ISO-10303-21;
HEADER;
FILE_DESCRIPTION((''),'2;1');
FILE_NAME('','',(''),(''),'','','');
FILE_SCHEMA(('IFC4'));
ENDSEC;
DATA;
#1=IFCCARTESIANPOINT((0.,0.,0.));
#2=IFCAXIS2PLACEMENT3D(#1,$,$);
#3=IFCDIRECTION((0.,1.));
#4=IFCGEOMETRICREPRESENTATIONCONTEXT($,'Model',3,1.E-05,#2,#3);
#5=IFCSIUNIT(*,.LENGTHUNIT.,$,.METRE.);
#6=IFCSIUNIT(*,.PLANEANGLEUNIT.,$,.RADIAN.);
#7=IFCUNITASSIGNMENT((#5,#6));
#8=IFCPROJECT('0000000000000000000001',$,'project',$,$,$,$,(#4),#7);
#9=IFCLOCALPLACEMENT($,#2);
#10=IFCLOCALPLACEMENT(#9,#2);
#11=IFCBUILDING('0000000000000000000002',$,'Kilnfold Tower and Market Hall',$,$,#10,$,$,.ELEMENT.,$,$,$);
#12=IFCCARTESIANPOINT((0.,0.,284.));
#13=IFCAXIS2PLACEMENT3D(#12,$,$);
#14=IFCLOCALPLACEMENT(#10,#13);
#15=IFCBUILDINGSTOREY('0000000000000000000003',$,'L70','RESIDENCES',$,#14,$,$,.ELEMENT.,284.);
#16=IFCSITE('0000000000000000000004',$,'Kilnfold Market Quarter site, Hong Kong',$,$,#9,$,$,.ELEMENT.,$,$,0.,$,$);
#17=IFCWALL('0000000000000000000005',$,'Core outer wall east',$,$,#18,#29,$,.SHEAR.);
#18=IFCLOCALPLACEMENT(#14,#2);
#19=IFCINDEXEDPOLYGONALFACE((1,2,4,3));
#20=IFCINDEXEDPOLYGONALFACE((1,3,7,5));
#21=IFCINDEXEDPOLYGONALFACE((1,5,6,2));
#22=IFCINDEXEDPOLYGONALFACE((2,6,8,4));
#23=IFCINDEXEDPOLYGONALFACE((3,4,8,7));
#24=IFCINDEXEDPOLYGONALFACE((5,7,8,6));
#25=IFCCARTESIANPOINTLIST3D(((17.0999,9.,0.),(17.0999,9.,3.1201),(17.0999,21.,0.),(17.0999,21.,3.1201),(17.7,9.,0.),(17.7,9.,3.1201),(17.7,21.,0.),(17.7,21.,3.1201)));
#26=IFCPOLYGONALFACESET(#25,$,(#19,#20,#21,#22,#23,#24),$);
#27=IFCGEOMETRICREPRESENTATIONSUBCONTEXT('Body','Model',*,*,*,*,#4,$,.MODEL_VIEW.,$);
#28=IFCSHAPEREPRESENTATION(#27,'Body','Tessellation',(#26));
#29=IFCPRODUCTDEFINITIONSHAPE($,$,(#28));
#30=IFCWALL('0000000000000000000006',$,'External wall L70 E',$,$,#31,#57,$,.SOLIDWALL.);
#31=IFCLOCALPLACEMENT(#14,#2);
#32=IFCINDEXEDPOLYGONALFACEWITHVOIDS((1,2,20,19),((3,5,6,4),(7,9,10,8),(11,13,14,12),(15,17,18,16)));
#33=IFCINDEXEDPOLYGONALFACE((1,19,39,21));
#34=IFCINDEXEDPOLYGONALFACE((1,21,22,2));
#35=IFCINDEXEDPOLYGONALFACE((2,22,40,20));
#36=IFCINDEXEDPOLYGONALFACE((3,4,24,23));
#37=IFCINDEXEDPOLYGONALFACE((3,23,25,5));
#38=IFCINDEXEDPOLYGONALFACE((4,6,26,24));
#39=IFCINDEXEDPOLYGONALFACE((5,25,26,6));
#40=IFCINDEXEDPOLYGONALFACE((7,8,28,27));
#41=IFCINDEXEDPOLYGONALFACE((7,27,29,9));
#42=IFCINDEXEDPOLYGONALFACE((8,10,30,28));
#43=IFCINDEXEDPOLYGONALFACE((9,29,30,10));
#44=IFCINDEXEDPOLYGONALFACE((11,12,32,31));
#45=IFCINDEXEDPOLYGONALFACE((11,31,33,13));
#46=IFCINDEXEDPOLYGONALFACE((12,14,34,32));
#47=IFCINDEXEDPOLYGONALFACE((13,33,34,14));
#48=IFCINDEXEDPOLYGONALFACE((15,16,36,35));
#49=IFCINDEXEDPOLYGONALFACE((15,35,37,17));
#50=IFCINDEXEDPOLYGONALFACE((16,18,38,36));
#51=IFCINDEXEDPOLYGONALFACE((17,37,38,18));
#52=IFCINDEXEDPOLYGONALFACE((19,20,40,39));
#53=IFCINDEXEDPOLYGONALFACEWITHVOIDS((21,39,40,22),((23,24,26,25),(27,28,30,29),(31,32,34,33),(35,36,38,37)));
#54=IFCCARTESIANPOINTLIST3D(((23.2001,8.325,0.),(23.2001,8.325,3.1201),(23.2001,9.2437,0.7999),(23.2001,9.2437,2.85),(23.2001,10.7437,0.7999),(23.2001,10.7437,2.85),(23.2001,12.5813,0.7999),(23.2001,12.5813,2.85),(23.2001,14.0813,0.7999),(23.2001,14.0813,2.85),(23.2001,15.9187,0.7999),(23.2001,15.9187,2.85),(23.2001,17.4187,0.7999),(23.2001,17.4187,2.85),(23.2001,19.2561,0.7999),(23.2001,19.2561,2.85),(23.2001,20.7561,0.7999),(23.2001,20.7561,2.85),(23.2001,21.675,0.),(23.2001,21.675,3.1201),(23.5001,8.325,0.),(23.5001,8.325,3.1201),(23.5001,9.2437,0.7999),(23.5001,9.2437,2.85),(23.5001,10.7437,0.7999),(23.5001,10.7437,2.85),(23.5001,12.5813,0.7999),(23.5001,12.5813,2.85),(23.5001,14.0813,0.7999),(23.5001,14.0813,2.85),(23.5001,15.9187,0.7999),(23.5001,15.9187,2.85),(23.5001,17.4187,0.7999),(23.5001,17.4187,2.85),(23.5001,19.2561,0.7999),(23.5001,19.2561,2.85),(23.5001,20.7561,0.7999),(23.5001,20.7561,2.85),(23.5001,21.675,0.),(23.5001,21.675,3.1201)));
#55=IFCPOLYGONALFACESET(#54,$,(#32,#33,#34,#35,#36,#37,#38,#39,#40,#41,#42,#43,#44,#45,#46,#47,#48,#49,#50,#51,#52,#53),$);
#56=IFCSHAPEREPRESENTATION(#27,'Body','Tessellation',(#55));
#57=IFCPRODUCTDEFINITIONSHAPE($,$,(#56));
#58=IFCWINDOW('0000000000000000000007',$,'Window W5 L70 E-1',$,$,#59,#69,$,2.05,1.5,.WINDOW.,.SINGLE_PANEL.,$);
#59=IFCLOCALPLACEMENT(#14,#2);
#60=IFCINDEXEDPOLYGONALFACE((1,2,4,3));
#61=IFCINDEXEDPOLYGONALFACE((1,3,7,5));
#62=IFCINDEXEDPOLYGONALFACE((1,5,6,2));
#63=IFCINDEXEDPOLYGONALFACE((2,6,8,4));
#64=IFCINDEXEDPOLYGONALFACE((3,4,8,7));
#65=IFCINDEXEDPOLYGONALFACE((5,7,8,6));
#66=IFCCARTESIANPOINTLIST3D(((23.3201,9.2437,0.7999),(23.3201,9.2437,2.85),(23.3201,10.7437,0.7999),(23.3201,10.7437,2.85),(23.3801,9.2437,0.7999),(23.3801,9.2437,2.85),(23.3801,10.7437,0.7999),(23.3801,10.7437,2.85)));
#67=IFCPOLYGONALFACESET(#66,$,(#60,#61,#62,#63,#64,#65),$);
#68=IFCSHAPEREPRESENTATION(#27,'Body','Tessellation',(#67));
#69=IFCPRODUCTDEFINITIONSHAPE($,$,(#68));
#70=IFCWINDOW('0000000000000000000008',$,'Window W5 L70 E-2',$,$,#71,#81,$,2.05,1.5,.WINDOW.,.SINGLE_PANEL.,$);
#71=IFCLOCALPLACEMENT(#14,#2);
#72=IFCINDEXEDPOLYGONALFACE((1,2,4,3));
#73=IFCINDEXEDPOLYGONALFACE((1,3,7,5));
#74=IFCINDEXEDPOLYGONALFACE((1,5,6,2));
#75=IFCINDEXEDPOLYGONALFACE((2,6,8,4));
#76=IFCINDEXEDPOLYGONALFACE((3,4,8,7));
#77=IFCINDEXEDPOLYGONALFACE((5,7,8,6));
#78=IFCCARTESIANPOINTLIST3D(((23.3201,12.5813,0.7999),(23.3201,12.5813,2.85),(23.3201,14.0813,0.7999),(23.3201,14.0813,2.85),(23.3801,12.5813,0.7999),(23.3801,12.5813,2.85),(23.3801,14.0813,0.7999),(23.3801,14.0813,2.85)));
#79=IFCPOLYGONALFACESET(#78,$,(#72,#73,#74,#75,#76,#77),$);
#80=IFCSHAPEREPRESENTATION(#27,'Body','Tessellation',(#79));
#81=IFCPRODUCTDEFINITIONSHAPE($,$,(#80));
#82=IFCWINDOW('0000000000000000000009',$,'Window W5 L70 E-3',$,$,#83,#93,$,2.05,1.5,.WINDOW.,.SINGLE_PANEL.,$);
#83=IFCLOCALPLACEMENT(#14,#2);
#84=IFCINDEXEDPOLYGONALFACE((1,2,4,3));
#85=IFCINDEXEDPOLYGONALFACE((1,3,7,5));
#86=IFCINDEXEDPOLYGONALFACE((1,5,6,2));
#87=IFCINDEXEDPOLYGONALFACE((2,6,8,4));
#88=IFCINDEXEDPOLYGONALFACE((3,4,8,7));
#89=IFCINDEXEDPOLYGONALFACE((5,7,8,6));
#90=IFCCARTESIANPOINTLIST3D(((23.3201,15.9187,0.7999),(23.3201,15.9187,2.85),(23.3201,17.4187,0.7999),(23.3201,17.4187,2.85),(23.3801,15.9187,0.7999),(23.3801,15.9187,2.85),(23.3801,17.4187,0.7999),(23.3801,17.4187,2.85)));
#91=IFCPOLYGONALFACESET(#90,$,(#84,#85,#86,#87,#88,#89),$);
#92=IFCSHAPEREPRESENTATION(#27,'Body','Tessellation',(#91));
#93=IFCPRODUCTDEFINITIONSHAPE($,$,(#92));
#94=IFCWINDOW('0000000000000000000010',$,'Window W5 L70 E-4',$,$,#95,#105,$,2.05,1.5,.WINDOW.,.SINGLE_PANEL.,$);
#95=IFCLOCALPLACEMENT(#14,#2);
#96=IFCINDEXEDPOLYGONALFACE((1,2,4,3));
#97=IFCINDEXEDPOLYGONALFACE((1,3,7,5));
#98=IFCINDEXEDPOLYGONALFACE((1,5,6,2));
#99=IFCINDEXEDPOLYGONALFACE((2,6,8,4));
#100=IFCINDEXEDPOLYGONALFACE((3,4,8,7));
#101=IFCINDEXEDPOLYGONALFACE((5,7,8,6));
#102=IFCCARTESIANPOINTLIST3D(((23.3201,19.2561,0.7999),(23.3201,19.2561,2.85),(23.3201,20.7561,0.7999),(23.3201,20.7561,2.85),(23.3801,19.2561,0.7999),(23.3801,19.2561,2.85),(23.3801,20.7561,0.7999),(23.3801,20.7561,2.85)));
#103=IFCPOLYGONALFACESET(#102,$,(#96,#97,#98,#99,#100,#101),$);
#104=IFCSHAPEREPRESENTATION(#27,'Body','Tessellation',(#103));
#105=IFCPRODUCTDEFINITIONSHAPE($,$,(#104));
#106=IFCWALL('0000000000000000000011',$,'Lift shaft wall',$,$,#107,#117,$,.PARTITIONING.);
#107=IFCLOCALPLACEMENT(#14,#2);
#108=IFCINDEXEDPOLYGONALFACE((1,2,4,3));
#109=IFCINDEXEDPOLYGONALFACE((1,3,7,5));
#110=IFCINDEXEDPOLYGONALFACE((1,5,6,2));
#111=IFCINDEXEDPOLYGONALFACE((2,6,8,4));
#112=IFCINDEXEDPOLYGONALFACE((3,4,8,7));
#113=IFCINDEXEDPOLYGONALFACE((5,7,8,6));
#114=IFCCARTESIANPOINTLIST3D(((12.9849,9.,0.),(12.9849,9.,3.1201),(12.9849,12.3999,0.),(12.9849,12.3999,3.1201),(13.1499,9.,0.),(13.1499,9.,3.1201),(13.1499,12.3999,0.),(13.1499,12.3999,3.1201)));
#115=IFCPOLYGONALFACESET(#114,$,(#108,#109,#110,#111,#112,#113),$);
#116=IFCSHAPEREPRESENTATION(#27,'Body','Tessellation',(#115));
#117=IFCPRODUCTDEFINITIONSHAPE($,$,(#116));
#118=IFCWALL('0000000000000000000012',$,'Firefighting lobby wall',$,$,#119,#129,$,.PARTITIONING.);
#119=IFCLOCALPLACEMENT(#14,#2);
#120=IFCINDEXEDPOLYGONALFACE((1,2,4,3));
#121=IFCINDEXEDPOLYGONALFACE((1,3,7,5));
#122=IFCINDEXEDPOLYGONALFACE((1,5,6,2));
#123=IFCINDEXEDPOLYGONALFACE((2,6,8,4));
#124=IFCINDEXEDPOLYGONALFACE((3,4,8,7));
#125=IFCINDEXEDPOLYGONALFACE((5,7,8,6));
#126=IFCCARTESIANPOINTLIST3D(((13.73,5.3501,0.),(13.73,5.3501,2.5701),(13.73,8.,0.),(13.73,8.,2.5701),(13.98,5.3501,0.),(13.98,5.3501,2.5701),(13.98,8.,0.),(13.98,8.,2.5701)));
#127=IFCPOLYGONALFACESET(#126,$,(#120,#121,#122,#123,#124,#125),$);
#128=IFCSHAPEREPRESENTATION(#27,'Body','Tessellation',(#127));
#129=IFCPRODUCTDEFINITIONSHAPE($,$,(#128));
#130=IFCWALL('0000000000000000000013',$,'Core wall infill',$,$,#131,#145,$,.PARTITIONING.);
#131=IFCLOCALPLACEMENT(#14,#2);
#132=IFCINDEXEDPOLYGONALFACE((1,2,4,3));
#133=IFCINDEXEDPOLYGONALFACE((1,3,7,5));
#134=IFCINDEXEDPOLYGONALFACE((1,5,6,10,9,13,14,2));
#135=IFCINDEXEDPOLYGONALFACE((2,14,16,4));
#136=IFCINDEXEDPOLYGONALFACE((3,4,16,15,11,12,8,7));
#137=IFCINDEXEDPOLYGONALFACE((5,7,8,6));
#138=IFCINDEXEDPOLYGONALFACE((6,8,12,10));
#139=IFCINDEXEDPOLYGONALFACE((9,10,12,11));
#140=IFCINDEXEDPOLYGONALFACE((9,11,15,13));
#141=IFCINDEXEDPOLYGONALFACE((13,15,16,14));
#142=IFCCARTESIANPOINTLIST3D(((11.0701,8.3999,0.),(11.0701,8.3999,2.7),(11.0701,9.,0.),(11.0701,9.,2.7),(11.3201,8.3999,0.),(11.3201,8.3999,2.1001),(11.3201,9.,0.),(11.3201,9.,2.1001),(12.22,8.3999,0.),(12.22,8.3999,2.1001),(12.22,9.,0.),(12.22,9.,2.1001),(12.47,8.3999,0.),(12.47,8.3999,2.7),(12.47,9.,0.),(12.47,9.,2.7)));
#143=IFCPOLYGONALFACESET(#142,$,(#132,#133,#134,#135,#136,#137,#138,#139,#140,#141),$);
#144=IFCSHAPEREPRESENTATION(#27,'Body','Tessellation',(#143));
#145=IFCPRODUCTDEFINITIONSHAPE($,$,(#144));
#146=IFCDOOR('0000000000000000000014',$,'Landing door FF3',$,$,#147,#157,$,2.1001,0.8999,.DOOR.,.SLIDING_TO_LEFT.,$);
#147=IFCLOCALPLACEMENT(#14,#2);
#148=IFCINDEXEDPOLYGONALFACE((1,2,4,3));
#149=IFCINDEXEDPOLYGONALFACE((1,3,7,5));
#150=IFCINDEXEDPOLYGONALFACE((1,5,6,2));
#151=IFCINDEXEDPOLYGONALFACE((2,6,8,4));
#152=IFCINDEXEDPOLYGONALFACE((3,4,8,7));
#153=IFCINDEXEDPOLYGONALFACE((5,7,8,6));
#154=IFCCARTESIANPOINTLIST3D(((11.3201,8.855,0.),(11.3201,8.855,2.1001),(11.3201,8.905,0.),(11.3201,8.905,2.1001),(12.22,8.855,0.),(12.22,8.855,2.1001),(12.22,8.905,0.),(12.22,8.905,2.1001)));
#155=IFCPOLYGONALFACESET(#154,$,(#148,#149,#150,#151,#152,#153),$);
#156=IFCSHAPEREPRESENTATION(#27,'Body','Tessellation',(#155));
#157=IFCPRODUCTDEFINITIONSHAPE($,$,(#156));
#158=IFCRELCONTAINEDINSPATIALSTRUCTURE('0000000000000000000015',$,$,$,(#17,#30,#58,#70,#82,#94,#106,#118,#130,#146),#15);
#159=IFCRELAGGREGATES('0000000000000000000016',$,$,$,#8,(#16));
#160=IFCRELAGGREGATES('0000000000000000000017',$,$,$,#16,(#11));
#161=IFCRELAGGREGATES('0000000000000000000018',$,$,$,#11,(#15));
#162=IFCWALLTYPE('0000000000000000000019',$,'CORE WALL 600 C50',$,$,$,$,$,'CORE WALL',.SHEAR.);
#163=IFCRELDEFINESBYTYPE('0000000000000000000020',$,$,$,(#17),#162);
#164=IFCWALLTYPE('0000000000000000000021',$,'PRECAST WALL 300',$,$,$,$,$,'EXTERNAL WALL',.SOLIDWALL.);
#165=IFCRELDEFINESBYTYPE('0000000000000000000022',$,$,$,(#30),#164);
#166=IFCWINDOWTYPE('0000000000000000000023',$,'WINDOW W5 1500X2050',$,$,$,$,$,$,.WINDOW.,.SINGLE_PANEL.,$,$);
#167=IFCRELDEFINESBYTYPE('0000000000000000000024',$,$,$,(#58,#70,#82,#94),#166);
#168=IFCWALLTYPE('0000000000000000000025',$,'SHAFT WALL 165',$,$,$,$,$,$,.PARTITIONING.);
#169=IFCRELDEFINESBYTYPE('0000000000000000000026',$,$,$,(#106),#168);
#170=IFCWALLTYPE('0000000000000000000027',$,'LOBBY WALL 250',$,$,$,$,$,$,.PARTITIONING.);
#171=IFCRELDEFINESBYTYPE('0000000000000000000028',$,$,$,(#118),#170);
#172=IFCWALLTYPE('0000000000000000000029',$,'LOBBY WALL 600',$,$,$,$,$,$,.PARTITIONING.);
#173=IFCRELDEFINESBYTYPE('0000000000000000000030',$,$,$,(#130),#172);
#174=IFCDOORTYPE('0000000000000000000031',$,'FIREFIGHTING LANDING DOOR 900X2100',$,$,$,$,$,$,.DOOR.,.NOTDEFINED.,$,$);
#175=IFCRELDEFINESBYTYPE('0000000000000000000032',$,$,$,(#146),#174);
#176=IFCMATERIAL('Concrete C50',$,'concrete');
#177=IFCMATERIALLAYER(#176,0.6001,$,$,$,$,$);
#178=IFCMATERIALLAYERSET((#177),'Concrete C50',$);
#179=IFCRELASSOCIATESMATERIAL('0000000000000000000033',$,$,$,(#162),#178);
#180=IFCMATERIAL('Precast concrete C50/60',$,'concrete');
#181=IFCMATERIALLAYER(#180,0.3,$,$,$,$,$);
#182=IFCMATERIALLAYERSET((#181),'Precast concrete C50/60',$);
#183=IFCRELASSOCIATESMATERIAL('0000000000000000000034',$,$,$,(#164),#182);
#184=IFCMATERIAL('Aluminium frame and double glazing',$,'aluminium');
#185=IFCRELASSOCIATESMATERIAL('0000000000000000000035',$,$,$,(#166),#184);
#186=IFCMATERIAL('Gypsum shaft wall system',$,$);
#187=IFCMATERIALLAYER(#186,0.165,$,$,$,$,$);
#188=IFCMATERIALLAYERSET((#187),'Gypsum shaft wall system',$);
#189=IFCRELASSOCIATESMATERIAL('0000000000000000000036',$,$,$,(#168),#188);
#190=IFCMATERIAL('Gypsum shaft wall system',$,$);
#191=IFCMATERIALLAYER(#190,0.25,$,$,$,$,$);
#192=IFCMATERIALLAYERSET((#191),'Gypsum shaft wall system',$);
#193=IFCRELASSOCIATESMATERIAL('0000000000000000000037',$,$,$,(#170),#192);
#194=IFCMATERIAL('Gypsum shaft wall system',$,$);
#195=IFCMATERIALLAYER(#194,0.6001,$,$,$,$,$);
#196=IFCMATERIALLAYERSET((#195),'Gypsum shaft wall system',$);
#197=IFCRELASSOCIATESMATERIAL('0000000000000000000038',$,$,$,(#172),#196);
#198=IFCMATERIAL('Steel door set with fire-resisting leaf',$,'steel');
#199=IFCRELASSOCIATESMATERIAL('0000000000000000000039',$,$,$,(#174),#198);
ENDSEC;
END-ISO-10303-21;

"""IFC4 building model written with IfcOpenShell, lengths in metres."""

from ifc_helpers import new_model, si_unit, direction, frame, frame_2d, origin, place, context, subcontext, project, spatial, rectangle, extrude, source, transform, mapped, material, layer, layer_set, type_object, element, fill, save


model = new_model("IFC4")

# Units and contexts
model_context = context("Model", 3, precision=1e-05, world=origin(), true_north=direction((0.0, 1.0)))
body_context = subcontext(model_context, "Body", "Model", "MODEL_VIEW")
ifc_project = project(units=[si_unit("LENGTHUNIT", "METRE"), si_unit("PLANEANGLEUNIT", "RADIAN")], contexts=[model_context])

# Site, building, storey
site_placement = place(None, origin())
site = spatial("IfcSite", under=ifc_project, at=site_placement, Name="Kilnfold Market Quarter site, Hong Kong", CompositionType="ELEMENT", RefElevation=0.0)
building_placement = place(site_placement, origin())
building = spatial("IfcBuilding", under=site, at=building_placement, Name="Kilnfold Tower and Market Hall", CompositionType="ELEMENT")
storey_placement = place(building_placement, frame((0.0, 0.0, 284.0)))
storey = spatial("IfcBuildingStorey", under=building, at=storey_placement, Name="L70", Description="RESIDENCES", CompositionType="ELEMENT", Elevation=284.0)

# Shared definitions
ifc_material_1 = material(Name="Concrete C50", Category="concrete")
ifc_layer_1 = layer(ifc_material_1, 0.6001)
ifc_layer_set_1 = layer_set([ifc_layer_1], Name="Concrete C50")
wall_type_1 = type_object("IfcWallType", Name="CORE WALL 600 C50", ElementType="CORE WALL", PredefinedType="SHEAR", material=ifc_layer_set_1)

# Wall
shared_shape_1 = source(origin(), body_context, "Body", "SweptSolid", [
    extrude(rectangle(XDim=12.0, YDim=0.6001, at=frame_2d((6.0, 0.0))), origin(), (0.0, 0.0, 1.0), 3.1201),
])
wall_1_placement = place(storey_placement, frame((17.3999, 9.0, 0.0), z_axis=(0.0, 0.0, 1.0), x_axis=(0.0, 1.0, 0.0)))
element("IfcWall", 1, at=wall_1_placement, inside=storey, type_object=wall_type_1, Name="Core outer wall east", PredefinedType="SHEAR", context=body_context, shape_type="MappedRepresentation", body=[
    mapped(shared_shape_1, transform((0.0, 0.0, 0.0))),
])

# Wall, openings, windows
ifc_material_2 = material(Name="Precast concrete C50/60", Category="concrete")
ifc_layer_2 = layer(ifc_material_2, 0.3)
ifc_layer_set_2 = layer_set([ifc_layer_2], Name="Precast concrete C50/60")
wall_type_2 = type_object("IfcWallType", Name="PRECAST WALL 300", ElementType="EXTERNAL WALL", PredefinedType="SOLIDWALL", material=ifc_layer_set_2)
shared_shape_2 = source(origin(), body_context, "Body", "SweptSolid", [
    extrude(rectangle(XDim=13.3501, YDim=0.3, at=frame_2d((6.675, 0.0))), origin(), (0.0, 0.0, 1.0), 3.1201),
])
wall_2_placement = place(storey_placement, frame((23.3501, 8.325, 0.0), z_axis=(0.0, 0.0, 1.0), x_axis=(0.0, 1.0, 0.0)))
wall_2 = element("IfcWall", 2, at=wall_2_placement, inside=storey, type_object=wall_type_2, Name="External wall L70 E", PredefinedType="SOLIDWALL", context=body_context, shape_type="MappedRepresentation", body=[
    mapped(shared_shape_2, transform((0.0, 0.0, 0.0))),
])
opening_1_placement = place(wall_2_placement, frame((0.9187, 0.0, 0.8)))
opening_1 = element("IfcOpeningElement", 3, at=opening_1_placement, cuts=wall_2, PredefinedType="OPENING", context=body_context, shape_type="SweptSolid", body=[
    extrude(rectangle(XDim=1.5, YDim=2.05, at=frame_2d((0.75, 1.0249))), frame((0.0, 0.1602, 0.0), z_axis=(0.0, -1.0, 0.0), x_axis=(1.0, 0.0, 0.0)), (0.0, 0.0, 1.0), 0.3201),
])
opening_2_placement = place(wall_2_placement, frame((4.2563, 0.0, 0.8)))
opening_2 = element("IfcOpeningElement", 4, at=opening_2_placement, cuts=wall_2, PredefinedType="OPENING", context=body_context, shape_type="SweptSolid", body=[
    extrude(rectangle(XDim=1.5, YDim=2.05, at=frame_2d((0.75, 1.0249))), frame((0.0, 0.1602, 0.0), z_axis=(0.0, -1.0, 0.0), x_axis=(1.0, 0.0, 0.0)), (0.0, 0.0, 1.0), 0.3201),
])
opening_3_placement = place(wall_2_placement, frame((7.5938, 0.0, 0.8)))
opening_3 = element("IfcOpeningElement", 5, at=opening_3_placement, cuts=wall_2, PredefinedType="OPENING", context=body_context, shape_type="SweptSolid", body=[
    extrude(rectangle(XDim=1.5, YDim=2.05, at=frame_2d((0.75, 1.0249))), frame((0.0, 0.1602, 0.0), z_axis=(0.0, -1.0, 0.0), x_axis=(1.0, 0.0, 0.0)), (0.0, 0.0, 1.0), 0.3201),
])
opening_4_placement = place(wall_2_placement, frame((10.9312, 0.0, 0.8)))
opening_4 = element("IfcOpeningElement", 6, at=opening_4_placement, cuts=wall_2, PredefinedType="OPENING", context=body_context, shape_type="SweptSolid", body=[
    extrude(rectangle(XDim=1.5, YDim=2.05, at=frame_2d((0.75, 1.0249))), frame((0.0, 0.1602, 0.0), z_axis=(0.0, -1.0, 0.0), x_axis=(1.0, 0.0, 0.0)), (0.0, 0.0, 1.0), 0.3201),
])
ifc_material_3 = material(Name="Aluminium frame and double glazing", Category="aluminium")
window_type = type_object("IfcWindowType", Name="WINDOW W5 1500X2050", PartitioningType="SINGLE_PANEL", PredefinedType="WINDOW", material=ifc_material_3)
window_1_placement = place(opening_1_placement, origin())
window_1 = element("IfcWindow", 7, at=window_1_placement, inside=storey, type_object=window_type, Name="Window W5 L70 E-1", OverallHeight=2.05, OverallWidth=1.5, PartitioningType="SINGLE_PANEL", PredefinedType="WINDOW", context=body_context, shape_type="SweptSolid", body=[
    extrude(rectangle(XDim=1.5, YDim=2.05, at=frame_2d((0.75, 1.0249))), frame((0.0, 0.03, 0.0), z_axis=(0.0, -1.0, 0.0), x_axis=(1.0, 0.0, 0.0)), (0.0, 0.0, 1.0), 0.0601),
])
fill(opening_1, window_1)
window_2_placement = place(opening_2_placement, origin())
window_2 = element("IfcWindow", 8, at=window_2_placement, inside=storey, type_object=window_type, Name="Window W5 L70 E-2", OverallHeight=2.05, OverallWidth=1.5, PartitioningType="SINGLE_PANEL", PredefinedType="WINDOW", context=body_context, shape_type="SweptSolid", body=[
    extrude(rectangle(XDim=1.5, YDim=2.05, at=frame_2d((0.75, 1.0249))), frame((0.0, 0.03, 0.0), z_axis=(0.0, -1.0, 0.0), x_axis=(1.0, 0.0, 0.0)), (0.0, 0.0, 1.0), 0.0601),
])
fill(opening_2, window_2)
window_3_placement = place(opening_3_placement, origin())
window_3 = element("IfcWindow", 9, at=window_3_placement, inside=storey, type_object=window_type, Name="Window W5 L70 E-3", OverallHeight=2.05, OverallWidth=1.5, PartitioningType="SINGLE_PANEL", PredefinedType="WINDOW", context=body_context, shape_type="SweptSolid", body=[
    extrude(rectangle(XDim=1.5, YDim=2.05, at=frame_2d((0.75, 1.0249))), frame((0.0, 0.03, 0.0), z_axis=(0.0, -1.0, 0.0), x_axis=(1.0, 0.0, 0.0)), (0.0, 0.0, 1.0), 0.0601),
])
fill(opening_3, window_3)
window_4_placement = place(opening_4_placement, origin())
window_4 = element("IfcWindow", 10, at=window_4_placement, inside=storey, type_object=window_type, Name="Window W5 L70 E-4", OverallHeight=2.05, OverallWidth=1.5, PartitioningType="SINGLE_PANEL", PredefinedType="WINDOW", context=body_context, shape_type="SweptSolid", body=[
    extrude(rectangle(XDim=1.5, YDim=2.05, at=frame_2d((0.75, 1.0249))), frame((0.0, 0.03, 0.0), z_axis=(0.0, -1.0, 0.0), x_axis=(1.0, 0.0, 0.0)), (0.0, 0.0, 1.0), 0.0601),
])
fill(opening_4, window_4)

# Walls
ifc_material_4 = material(Name="Gypsum shaft wall system")
ifc_layer_3 = layer(ifc_material_4, 0.165)
ifc_layer_set_3 = layer_set([ifc_layer_3], Name="Gypsum shaft wall system")
wall_type_3 = type_object("IfcWallType", Name="SHAFT WALL 165", PredefinedType="PARTITIONING", material=ifc_layer_set_3)
shared_shape_3 = source(origin(), body_context, "Body", "SweptSolid", [
    extrude(rectangle(XDim=3.3999, YDim=0.165, at=frame_2d((1.7, 0.0))), origin(), (0.0, 0.0, 1.0), 3.1201),
])
wall_3_placement = place(storey_placement, frame((13.0674, 9.0, 0.0), z_axis=(0.0, 0.0, 1.0), x_axis=(0.0, 1.0, 0.0)))
element("IfcWall", 11, at=wall_3_placement, inside=storey, type_object=wall_type_3, Name="Lift shaft wall", PredefinedType="PARTITIONING", context=body_context, shape_type="MappedRepresentation", body=[
    mapped(shared_shape_3, transform((0.0, 0.0, 0.0))),
])
ifc_material_5 = material(Name="Gypsum shaft wall system")
ifc_layer_4 = layer(ifc_material_5, 0.25)
ifc_layer_set_4 = layer_set([ifc_layer_4], Name="Gypsum shaft wall system")
wall_type_4 = type_object("IfcWallType", Name="LOBBY WALL 250", PredefinedType="PARTITIONING", material=ifc_layer_set_4)
shared_shape_4 = source(origin(), body_context, "Body", "SweptSolid", [
    extrude(rectangle(XDim=2.6499, YDim=0.25, at=frame_2d((1.325, 0.0))), origin(), (0.0, 0.0, 1.0), 2.5701),
])
wall_4_placement = place(storey_placement, frame((13.855, 5.3501, 0.0), z_axis=(0.0, 0.0, 1.0), x_axis=(0.0, 1.0, 0.0)))
element("IfcWall", 12, at=wall_4_placement, inside=storey, type_object=wall_type_4, Name="Firefighting lobby wall", PredefinedType="PARTITIONING", context=body_context, shape_type="MappedRepresentation", body=[
    mapped(shared_shape_4, transform((0.0, 0.0, 0.0))),
])

# Wall, opening, door
ifc_material_6 = material(Name="Gypsum shaft wall system")
ifc_layer_5 = layer(ifc_material_6, 0.6001)
ifc_layer_set_5 = layer_set([ifc_layer_5], Name="Gypsum shaft wall system")
wall_type_5 = type_object("IfcWallType", Name="LOBBY WALL 600", PredefinedType="PARTITIONING", material=ifc_layer_set_5)
shared_shape_5 = source(origin(), body_context, "Body", "SweptSolid", [
    extrude(rectangle(XDim=1.3999, YDim=0.6001, at=frame_2d((0.7, 0.0))), origin(), (0.0, 0.0, 1.0), 2.7),
])
wall_5_placement = place(storey_placement, frame((11.0701, 8.7, 0.0), z_axis=(0.0, 0.0, 1.0), x_axis=(1.0, 0.0, 0.0)))
wall_5 = element("IfcWall", 13, at=wall_5_placement, inside=storey, type_object=wall_type_5, Name="Core wall infill", PredefinedType="PARTITIONING", context=body_context, shape_type="MappedRepresentation", body=[
    mapped(shared_shape_5, transform((0.0, 0.0, 0.0))),
])
opening_5_placement = place(wall_5_placement, frame((0.25, 0.0, 0.0)))
opening_5 = element("IfcOpeningElement", 14, at=opening_5_placement, cuts=wall_5, PredefinedType="OPENING", context=body_context, shape_type="SweptSolid", body=[
    extrude(rectangle(XDim=0.8999, YDim=2.1001, at=frame_2d((0.45, 1.05))), frame((0.0, 0.3101, 0.0), z_axis=(0.0, -1.0, 0.0), x_axis=(1.0, 0.0, 0.0)), (0.0, 0.0, 1.0), 0.6201),
])
ifc_material_7 = material(Name="Steel door set with fire-resisting leaf", Category="steel")
door_type_1 = type_object("IfcDoorType", Name="FIREFIGHTING LANDING DOOR 900X2100", OperationType="NOTDEFINED", PredefinedType="DOOR", material=ifc_material_7)
door_1_placement = place(opening_5_placement, origin())
door_1 = element("IfcDoor", 15, at=door_1_placement, inside=storey, type_object=door_type_1, Name="Landing door FF3", OperationType="SLIDING_TO_LEFT", OverallHeight=2.1001, OverallWidth=0.8999, PredefinedType="DOOR", context=body_context, shape_type="SweptSolid", body=[
    extrude(rectangle(XDim=0.8999, YDim=2.1001, at=frame_2d((0.45, 1.05))), frame((0.0, 0.2051, 0.0), z_axis=(0.0, -1.0, 0.0), x_axis=(1.0, 0.0, 0.0)), (0.0, 0.0, 1.0), 0.05),
])
fill(opening_5, door_1)

save(model, "model.ifc")
